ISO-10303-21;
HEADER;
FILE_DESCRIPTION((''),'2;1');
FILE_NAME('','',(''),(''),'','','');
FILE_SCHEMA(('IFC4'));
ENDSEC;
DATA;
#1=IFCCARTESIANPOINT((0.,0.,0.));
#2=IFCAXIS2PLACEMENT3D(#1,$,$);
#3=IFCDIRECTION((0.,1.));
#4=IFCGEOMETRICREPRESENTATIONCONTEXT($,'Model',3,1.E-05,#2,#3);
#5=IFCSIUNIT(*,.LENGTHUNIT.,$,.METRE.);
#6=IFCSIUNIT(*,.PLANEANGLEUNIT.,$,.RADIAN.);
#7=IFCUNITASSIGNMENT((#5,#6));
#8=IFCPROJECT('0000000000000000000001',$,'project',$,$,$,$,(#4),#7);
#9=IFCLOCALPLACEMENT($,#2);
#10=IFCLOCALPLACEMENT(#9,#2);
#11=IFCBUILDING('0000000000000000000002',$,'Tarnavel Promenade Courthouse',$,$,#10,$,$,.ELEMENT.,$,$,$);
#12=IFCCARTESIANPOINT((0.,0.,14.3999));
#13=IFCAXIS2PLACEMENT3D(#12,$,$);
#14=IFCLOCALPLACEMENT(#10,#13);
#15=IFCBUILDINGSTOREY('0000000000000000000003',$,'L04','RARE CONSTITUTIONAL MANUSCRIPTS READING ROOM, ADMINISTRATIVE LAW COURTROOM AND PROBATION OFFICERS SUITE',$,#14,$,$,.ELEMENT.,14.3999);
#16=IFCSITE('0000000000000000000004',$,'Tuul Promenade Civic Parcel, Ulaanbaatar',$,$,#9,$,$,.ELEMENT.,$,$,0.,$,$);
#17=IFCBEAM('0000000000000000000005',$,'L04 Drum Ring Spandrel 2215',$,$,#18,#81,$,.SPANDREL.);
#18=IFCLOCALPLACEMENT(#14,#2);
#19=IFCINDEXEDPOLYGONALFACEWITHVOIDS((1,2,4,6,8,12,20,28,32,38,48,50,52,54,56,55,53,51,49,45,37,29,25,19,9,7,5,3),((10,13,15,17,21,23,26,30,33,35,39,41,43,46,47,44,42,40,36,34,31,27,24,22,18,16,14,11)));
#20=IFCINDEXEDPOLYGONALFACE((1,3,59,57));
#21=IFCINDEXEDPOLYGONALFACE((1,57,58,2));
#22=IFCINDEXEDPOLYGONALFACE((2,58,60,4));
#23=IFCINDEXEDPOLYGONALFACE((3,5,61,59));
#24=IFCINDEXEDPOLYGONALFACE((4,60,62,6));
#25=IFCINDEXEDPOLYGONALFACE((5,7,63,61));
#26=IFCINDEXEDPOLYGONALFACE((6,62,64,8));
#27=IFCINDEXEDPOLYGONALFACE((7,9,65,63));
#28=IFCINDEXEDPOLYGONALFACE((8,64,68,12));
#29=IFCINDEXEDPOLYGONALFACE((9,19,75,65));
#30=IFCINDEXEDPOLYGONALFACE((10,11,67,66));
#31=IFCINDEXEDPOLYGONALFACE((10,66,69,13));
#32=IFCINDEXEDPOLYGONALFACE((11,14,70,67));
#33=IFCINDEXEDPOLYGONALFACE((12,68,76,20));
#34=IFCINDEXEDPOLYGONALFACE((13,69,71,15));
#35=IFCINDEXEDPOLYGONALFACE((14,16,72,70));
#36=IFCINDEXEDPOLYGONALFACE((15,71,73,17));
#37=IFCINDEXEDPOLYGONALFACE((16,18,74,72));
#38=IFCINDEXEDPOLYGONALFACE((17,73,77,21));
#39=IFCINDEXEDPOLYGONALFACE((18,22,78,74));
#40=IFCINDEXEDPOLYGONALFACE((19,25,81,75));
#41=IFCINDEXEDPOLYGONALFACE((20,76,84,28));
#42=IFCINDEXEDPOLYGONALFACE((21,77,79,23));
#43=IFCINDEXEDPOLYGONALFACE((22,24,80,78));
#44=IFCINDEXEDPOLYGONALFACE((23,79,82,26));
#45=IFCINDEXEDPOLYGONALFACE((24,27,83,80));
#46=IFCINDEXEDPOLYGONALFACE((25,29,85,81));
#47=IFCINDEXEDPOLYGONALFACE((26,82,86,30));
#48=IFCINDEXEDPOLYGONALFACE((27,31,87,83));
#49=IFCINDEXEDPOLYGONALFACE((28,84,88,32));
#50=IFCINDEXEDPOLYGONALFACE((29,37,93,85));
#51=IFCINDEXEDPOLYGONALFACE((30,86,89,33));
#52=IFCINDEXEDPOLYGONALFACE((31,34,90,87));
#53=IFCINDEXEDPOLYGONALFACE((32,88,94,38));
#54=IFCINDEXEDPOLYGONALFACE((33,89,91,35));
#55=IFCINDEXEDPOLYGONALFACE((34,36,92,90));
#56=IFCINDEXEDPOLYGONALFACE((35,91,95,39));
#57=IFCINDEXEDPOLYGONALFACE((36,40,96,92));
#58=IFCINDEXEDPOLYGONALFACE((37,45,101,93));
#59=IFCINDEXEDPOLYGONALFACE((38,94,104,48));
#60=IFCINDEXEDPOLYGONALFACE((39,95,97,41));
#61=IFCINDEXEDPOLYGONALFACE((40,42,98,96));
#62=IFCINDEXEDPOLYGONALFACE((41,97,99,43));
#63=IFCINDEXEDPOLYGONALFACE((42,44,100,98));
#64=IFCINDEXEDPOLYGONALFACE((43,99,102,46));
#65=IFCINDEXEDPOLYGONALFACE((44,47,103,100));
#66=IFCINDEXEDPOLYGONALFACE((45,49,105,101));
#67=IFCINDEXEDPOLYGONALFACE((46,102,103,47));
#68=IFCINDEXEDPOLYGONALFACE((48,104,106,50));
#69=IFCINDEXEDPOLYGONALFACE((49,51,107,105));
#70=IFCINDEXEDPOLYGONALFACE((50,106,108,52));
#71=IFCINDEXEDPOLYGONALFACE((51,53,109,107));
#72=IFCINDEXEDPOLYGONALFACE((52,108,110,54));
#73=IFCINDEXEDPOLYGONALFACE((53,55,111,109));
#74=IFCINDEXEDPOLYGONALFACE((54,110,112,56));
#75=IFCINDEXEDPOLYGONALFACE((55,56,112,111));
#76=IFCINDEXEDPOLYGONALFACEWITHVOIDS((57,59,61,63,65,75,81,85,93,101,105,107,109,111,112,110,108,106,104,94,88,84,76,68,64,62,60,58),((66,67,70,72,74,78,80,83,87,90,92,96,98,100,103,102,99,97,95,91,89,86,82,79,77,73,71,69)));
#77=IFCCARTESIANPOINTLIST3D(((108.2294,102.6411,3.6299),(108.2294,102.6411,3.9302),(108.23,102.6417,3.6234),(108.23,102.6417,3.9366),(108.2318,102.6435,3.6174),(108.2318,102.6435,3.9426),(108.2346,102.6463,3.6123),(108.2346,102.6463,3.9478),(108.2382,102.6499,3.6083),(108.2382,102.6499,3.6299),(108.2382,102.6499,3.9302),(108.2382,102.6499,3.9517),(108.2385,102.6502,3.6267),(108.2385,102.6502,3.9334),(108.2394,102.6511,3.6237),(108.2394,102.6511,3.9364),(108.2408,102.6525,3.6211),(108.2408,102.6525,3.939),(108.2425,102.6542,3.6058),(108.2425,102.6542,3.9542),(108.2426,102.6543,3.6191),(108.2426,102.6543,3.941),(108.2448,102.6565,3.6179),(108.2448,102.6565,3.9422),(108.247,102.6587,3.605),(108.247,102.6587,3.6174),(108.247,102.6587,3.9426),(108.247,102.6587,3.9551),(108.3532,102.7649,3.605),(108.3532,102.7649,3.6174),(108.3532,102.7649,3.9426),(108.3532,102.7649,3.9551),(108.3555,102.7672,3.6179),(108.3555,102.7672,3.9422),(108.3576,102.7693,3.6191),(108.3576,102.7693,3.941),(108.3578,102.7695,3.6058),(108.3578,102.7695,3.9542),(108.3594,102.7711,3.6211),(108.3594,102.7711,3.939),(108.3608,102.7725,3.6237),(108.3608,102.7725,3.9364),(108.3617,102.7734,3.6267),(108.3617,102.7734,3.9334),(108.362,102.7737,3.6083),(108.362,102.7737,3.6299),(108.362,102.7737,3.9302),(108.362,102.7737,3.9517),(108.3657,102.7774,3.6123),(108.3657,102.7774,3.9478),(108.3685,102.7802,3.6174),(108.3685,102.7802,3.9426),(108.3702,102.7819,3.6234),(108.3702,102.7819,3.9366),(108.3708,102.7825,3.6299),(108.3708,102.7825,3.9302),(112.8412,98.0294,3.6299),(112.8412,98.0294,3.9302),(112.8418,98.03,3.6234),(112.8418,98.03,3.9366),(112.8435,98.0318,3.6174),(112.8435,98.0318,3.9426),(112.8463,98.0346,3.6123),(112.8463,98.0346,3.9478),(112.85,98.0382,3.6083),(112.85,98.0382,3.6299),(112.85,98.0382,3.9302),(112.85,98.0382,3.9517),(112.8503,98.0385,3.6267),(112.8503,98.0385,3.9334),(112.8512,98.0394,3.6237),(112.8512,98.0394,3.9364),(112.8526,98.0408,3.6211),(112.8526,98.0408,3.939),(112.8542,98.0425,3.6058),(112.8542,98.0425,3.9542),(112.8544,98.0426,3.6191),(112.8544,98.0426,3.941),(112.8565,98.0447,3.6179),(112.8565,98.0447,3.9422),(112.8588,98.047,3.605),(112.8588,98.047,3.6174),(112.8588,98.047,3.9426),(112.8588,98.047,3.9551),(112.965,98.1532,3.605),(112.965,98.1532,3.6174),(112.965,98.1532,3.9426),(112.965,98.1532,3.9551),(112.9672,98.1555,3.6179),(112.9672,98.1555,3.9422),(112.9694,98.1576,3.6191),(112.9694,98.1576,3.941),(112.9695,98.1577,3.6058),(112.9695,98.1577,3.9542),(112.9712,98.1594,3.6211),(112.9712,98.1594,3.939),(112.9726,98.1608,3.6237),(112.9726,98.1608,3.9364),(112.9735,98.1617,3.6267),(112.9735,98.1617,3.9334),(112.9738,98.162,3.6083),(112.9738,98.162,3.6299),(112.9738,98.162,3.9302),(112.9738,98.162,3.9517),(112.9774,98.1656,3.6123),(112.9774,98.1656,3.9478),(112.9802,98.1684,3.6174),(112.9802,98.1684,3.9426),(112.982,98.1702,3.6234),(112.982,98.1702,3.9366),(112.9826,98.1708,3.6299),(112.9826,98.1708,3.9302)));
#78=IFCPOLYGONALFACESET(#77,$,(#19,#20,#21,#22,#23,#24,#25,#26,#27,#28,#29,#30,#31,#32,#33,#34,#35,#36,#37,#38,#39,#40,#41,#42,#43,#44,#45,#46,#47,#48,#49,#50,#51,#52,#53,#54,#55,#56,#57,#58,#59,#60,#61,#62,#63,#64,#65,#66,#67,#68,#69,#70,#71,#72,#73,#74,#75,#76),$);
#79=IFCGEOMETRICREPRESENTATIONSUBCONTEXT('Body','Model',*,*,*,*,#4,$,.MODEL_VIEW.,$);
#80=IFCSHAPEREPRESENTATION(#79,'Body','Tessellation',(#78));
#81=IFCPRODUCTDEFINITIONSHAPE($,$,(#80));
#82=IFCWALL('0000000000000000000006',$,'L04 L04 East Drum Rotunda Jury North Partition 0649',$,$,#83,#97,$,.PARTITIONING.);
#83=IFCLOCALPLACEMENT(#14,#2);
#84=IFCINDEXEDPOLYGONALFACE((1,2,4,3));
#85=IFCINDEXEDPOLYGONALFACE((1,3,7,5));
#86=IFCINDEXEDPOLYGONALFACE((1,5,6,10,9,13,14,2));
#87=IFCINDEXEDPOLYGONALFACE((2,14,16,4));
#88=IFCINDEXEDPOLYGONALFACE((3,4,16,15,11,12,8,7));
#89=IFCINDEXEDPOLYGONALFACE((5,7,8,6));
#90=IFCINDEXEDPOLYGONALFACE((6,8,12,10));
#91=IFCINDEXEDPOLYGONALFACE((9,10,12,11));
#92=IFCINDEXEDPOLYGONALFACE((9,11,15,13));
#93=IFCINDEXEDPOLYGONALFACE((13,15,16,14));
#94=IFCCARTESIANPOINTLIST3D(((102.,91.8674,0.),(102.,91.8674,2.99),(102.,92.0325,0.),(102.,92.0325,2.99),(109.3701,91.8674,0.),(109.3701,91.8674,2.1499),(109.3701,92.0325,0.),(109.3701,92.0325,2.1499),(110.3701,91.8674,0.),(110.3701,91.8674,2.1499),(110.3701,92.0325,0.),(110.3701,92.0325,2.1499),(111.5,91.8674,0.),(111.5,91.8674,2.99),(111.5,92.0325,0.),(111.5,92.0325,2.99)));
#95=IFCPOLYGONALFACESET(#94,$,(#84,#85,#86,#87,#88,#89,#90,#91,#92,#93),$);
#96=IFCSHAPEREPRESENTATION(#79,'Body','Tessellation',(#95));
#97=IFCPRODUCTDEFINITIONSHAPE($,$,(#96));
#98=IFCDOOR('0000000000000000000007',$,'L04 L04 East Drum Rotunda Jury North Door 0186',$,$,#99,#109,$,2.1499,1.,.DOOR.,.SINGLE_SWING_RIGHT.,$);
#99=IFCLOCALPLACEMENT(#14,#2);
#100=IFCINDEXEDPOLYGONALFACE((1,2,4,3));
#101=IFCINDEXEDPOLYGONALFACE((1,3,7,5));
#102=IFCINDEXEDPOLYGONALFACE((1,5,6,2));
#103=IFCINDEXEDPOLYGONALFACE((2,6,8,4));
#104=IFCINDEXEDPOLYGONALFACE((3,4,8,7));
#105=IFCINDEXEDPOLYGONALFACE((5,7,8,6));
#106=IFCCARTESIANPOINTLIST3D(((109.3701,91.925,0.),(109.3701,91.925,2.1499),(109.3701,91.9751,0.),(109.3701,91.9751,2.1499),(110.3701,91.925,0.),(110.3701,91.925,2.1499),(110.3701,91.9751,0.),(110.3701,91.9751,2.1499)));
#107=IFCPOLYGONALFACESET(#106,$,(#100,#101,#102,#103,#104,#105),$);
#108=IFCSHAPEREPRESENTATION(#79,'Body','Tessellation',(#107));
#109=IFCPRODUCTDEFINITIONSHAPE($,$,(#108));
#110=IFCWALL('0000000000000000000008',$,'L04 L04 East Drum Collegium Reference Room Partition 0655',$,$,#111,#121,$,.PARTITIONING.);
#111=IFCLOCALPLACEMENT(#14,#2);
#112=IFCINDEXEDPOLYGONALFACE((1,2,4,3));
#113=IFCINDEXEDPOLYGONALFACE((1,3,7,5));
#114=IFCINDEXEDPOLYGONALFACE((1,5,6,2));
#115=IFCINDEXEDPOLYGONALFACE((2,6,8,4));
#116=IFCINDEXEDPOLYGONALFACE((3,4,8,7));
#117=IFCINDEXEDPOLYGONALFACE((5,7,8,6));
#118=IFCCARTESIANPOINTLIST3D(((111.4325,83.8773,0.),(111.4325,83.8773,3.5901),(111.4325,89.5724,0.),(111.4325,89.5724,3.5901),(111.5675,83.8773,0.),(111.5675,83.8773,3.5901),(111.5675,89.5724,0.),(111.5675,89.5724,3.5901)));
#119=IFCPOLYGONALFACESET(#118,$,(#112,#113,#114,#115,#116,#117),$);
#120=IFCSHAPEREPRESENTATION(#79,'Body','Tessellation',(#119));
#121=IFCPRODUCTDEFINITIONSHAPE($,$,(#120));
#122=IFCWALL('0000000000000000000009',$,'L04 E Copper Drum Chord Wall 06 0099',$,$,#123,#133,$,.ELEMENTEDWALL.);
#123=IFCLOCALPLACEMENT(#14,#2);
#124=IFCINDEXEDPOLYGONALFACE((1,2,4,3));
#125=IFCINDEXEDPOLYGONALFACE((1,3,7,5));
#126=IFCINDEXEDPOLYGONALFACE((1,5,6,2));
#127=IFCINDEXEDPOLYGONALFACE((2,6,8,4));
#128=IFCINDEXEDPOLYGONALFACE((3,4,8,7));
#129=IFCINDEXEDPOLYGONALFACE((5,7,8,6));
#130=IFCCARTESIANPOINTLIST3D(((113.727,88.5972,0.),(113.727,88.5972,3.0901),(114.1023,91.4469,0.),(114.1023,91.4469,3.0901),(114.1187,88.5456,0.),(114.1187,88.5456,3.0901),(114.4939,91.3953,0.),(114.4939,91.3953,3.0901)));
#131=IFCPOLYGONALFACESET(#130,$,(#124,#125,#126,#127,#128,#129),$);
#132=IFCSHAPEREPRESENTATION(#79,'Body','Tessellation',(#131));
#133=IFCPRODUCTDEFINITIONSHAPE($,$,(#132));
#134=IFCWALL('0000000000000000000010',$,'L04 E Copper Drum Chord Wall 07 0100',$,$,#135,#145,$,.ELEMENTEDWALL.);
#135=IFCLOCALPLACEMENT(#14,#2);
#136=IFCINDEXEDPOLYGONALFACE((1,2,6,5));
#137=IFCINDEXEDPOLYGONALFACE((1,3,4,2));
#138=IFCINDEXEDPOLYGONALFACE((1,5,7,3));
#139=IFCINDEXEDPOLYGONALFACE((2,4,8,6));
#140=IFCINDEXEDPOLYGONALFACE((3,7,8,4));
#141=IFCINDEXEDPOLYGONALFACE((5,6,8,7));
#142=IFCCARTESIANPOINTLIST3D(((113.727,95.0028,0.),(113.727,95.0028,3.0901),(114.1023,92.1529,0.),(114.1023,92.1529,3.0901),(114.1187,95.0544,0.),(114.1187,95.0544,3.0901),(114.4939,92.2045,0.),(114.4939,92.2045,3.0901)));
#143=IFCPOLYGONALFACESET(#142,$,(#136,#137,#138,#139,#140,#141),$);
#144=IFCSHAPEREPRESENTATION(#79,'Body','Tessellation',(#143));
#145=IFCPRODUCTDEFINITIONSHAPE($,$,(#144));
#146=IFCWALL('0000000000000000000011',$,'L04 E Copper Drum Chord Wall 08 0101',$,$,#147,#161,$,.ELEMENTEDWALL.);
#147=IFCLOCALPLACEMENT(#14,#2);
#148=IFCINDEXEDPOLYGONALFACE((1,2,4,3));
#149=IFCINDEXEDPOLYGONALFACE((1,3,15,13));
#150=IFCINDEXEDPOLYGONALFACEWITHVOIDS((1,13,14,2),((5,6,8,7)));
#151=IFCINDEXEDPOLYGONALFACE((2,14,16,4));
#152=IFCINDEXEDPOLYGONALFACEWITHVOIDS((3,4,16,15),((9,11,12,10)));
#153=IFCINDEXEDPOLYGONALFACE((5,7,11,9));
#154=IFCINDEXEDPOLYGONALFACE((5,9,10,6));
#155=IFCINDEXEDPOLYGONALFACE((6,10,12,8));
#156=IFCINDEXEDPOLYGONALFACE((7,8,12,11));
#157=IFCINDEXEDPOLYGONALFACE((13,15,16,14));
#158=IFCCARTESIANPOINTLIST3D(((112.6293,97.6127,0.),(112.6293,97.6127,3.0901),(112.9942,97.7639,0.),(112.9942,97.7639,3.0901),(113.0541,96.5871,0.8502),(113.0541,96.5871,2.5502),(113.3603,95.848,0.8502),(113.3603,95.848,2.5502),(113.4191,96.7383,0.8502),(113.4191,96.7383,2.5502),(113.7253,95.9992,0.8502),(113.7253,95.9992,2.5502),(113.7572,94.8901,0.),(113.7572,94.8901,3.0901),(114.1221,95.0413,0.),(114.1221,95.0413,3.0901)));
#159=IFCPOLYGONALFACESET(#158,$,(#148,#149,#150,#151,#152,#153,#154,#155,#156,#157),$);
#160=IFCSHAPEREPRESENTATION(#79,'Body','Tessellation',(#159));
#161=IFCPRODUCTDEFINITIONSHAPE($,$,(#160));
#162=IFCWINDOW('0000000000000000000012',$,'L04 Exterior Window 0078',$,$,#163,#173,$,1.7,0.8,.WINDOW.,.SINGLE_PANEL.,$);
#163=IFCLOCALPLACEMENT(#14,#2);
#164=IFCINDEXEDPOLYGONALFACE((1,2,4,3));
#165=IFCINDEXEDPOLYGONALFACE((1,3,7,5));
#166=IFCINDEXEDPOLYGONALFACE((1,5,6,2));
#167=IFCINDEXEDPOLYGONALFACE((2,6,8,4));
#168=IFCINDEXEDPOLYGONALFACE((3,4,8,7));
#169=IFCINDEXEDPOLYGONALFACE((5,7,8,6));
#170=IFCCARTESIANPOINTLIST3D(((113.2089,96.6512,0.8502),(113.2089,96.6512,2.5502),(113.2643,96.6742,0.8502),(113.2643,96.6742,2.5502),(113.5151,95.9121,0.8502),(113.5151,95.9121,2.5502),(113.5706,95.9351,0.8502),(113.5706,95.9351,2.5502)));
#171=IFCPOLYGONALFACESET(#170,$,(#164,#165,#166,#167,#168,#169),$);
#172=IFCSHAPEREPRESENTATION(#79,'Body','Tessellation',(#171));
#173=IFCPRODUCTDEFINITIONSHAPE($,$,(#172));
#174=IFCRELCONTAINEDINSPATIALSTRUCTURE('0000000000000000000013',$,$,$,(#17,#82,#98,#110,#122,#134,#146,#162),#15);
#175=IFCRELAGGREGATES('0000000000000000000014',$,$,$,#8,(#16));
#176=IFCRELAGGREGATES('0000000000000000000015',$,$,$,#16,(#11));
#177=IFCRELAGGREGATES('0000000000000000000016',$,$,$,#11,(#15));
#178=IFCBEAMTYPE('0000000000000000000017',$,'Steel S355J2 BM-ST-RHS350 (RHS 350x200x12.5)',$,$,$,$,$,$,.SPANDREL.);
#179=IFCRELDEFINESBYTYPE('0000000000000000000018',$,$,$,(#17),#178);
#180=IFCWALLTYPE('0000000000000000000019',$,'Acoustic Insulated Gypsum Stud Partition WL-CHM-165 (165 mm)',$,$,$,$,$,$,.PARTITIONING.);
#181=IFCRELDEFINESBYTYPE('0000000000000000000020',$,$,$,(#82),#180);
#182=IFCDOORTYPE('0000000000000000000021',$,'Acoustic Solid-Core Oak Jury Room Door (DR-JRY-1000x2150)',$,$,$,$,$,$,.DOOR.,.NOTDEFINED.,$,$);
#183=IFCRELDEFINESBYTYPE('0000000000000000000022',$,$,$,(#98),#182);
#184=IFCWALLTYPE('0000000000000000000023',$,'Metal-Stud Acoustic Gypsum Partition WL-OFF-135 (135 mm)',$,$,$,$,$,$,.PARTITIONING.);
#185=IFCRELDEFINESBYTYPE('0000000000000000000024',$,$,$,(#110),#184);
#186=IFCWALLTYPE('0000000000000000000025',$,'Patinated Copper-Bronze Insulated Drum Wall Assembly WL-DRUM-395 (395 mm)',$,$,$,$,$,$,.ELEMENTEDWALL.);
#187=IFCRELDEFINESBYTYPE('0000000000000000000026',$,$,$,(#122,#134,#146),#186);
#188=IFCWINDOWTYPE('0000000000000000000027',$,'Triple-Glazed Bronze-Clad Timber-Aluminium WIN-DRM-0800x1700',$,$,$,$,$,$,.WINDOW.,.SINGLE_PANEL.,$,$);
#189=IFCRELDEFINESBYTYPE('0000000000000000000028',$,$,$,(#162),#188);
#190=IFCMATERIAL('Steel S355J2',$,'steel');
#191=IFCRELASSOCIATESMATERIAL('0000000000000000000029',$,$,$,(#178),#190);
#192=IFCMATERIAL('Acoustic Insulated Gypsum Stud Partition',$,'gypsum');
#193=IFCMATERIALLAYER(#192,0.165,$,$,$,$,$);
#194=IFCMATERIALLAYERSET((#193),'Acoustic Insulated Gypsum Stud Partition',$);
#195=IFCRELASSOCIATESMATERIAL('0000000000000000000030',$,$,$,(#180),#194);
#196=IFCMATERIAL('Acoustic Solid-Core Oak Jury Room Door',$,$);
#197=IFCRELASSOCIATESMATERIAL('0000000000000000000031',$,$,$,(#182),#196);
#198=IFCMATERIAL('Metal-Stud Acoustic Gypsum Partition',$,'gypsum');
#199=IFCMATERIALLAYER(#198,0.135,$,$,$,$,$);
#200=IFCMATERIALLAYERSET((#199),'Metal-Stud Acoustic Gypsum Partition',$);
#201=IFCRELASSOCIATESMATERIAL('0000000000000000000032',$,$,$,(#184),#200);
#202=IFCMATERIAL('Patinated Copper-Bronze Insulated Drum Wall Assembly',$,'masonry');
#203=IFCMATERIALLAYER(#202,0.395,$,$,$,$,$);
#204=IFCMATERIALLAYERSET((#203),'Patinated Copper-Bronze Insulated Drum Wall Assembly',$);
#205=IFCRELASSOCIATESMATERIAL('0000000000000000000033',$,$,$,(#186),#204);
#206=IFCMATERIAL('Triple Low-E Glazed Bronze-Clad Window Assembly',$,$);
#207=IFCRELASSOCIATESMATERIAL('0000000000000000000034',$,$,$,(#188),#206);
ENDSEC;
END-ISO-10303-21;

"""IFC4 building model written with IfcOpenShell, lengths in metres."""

from ifc_helpers import new_model, si_unit, direction, frame, frame_2d, origin, origin_2d, place, context, subcontext, project, spatial, rectangle, hollow_rectangle, extrude, material, layer, layer_set, material_profile, profile_set, type_object, element, fill, save


model = new_model("IFC4")

# Units and contexts
model_context = context("Model", 3, precision=1e-05, world=origin(), true_north=direction((0.0, 1.0)))
body_context = subcontext(model_context, "Body", "Model", "MODEL_VIEW")
ifc_project = project(units=[si_unit("LENGTHUNIT", "METRE"), si_unit("PLANEANGLEUNIT", "RADIAN")], contexts=[model_context])

# Site, building, storey
site_placement = place(None, origin())
site = spatial("IfcSite", under=ifc_project, at=site_placement, Name="Tuul Promenade Civic Parcel, Ulaanbaatar", CompositionType="ELEMENT", RefElevation=0.0)
building_placement = place(site_placement, origin())
building = spatial("IfcBuilding", under=site, at=building_placement, Name="Tarnavel Promenade Courthouse", CompositionType="ELEMENT")
storey_placement = place(building_placement, frame((0.0, 0.0, 14.3999)))
storey = spatial("IfcBuildingStorey", under=building, at=storey_placement, Name="L04", Description="RARE CONSTITUTIONAL MANUSCRIPTS READING ROOM, ADMINISTRATIVE LAW COURTROOM AND PROBATION OFFICERS SUITE", CompositionType="ELEMENT", Elevation=14.3999)

# Beam
ifc_material_1 = material(Name="Steel S355J2", Category="steel")
ifc_material_profile_1 = material_profile(ifc_material_1, hollow_rectangle(XDim=0.2, YDim=0.3501, WallThickness=0.0125, InnerFilletRadius=0.0125, OuterFilletRadius=0.0249, at=origin_2d()), Name="RHS 350x200x12.5")
ifc_profile_set_1 = profile_set([ifc_material_profile_1], Name="Steel S355J2")
beam_type = type_object("IfcBeamType", Name="Steel S355J2 BM-ST-RHS350 (RHS 350x200x12.5)", PredefinedType="SPANDREL", material=ifc_profile_set_1)
beam_1_placement = place(storey_placement, frame((112.9119, 98.1001, 3.78), z_axis=(-0.707107, 0.707107, 0.0), x_axis=(-0.707107, -0.707107, 0.0)))
element("IfcBeam", 1, at=beam_1_placement, inside=storey, type_object=beam_type, Name="L04 Drum Ring Spandrel 2215", PredefinedType="SPANDREL", context=body_context, shape_type="SweptSolid", body=[
    extrude(hollow_rectangle(XDim=0.2, YDim=0.3501, WallThickness=0.0125, InnerFilletRadius=0.0125, OuterFilletRadius=0.0249, at=origin_2d()), origin(), (0.0, 0.0, 1.0), 6.522),
])

# Wall, opening, door
ifc_material_2 = material(Name="Acoustic Insulated Gypsum Stud Partition", Category="gypsum")
ifc_layer_1 = layer(ifc_material_2, 0.165)
ifc_layer_set_1 = layer_set([ifc_layer_1], Name="Acoustic Insulated Gypsum Stud Partition")
wall_type_1 = type_object("IfcWallType", Name="Acoustic Insulated Gypsum Stud Partition WL-CHM-165 (165 mm)", PredefinedType="PARTITIONING", material=ifc_layer_set_1)
wall_1_placement = place(storey_placement, frame((111.5, 91.95, 0.0), z_axis=(0.0, 0.0, 1.0), x_axis=(-1.0, 0.0, 0.0)))
wall_1 = element("IfcWall", 2, at=wall_1_placement, inside=storey, type_object=wall_type_1, Name="L04 L04 East Drum Rotunda Jury North Partition 0649", PredefinedType="PARTITIONING", context=body_context, shape_type="SweptSolid", body=[
    extrude(rectangle(XDim=9.5, YDim=0.165, at=frame_2d((4.75, 0.0))), origin(), (0.0, 0.0, 1.0), 2.99),
])
opening_1_placement = place(wall_1_placement, frame((1.1299, 0.0, 0.0)))
opening_1 = element("IfcOpeningElement", 3, at=opening_1_placement, cuts=wall_1, PredefinedType="OPENING", context=body_context, shape_type="SweptSolid", body=[
    extrude(rectangle(XDim=1.0, YDim=2.1499, at=frame_2d((0.5, 1.075))), frame((0.0, 0.0925, 0.0), z_axis=(0.0, -1.0, 0.0), x_axis=(1.0, 0.0, 0.0)), (0.0, 0.0, 1.0), 0.1851),
])
ifc_material_3 = material(Name="Acoustic Solid-Core Oak Jury Room Door")
door_type = type_object("IfcDoorType", Name="Acoustic Solid-Core Oak Jury Room Door (DR-JRY-1000x2150)", OperationType="NOTDEFINED", PredefinedType="DOOR", material=ifc_material_3)
door_placement = place(opening_1_placement, origin())
door = element("IfcDoor", 4, at=door_placement, inside=storey, type_object=door_type, Name="L04 L04 East Drum Rotunda Jury North Door 0186", OperationType="SINGLE_SWING_RIGHT", OverallHeight=2.1499, OverallWidth=1.0, PredefinedType="DOOR", context=body_context, shape_type="SweptSolid", body=[
    extrude(rectangle(XDim=1.0, YDim=2.1499, at=frame_2d((0.5, 1.075))), frame((0.0, 0.0249, 0.0), z_axis=(0.0, -1.0, 0.0), x_axis=(1.0, 0.0, 0.0)), (0.0, 0.0, 1.0), 0.05),
])
fill(opening_1, door)

# Walls
ifc_material_4 = material(Name="Metal-Stud Acoustic Gypsum Partition", Category="gypsum")
ifc_layer_2 = layer(ifc_material_4, 0.135)
ifc_layer_set_2 = layer_set([ifc_layer_2], Name="Metal-Stud Acoustic Gypsum Partition")
wall_type_2 = type_object("IfcWallType", Name="Metal-Stud Acoustic Gypsum Partition WL-OFF-135 (135 mm)", PredefinedType="PARTITIONING", material=ifc_layer_set_2)
wall_2_placement = place(storey_placement, frame((111.5, 89.5725, 0.0), z_axis=(0.0, 0.0, 1.0), x_axis=(0.0, -1.0, 0.0)))
element("IfcWall", 5, at=wall_2_placement, inside=storey, type_object=wall_type_2, Name="L04 L04 East Drum Collegium Reference Room Partition 0655", PredefinedType="PARTITIONING", context=body_context, shape_type="SweptSolid", body=[
    extrude(rectangle(XDim=5.6951, YDim=0.135, at=frame_2d((2.8477, 0.0))), origin(), (0.0, 0.0, 1.0), 3.5901),
])
ifc_material_5 = material(Name="Patinated Copper-Bronze Insulated Drum Wall Assembly", Category="masonry")
ifc_layer_3 = layer(ifc_material_5, 0.395)
ifc_layer_set_3 = layer_set([ifc_layer_3], Name="Patinated Copper-Bronze Insulated Drum Wall Assembly")
wall_type_3 = type_object("IfcWallType", Name="Patinated Copper-Bronze Insulated Drum Wall Assembly WL-DRUM-395 (395 mm)", PredefinedType="ELEMENTEDWALL", material=ifc_layer_set_3)
wall_3_placement = place(storey_placement, frame((113.9229, 88.5715, 0.0), z_axis=(0.0, 0.0, 1.0), x_axis=(0.130556, 0.991441, 0.0)))
element("IfcWall", 6, at=wall_3_placement, inside=storey, type_object=wall_type_3, Name="L04 E Copper Drum Chord Wall 06 0099", PredefinedType="ELEMENTEDWALL", context=body_context, shape_type="SweptSolid", body=[
    extrude(rectangle(XDim=2.8743, YDim=0.395, at=frame_2d((1.437, 0.0))), origin(), (0.0, 0.0, 1.0), 3.0901),
])
wall_4_placement = place(storey_placement, frame((114.2981, 92.1787, 0.0), z_axis=(0.0, 0.0, 1.0), x_axis=(-0.130545, 0.991442, 0.0)))
element("IfcWall", 7, at=wall_4_placement, inside=storey, type_object=wall_type_3, Name="L04 E Copper Drum Chord Wall 07 0100", PredefinedType="ELEMENTEDWALL", context=body_context, shape_type="SweptSolid", body=[
    extrude(rectangle(XDim=2.8745, YDim=0.395, at=frame_2d((1.4373, 0.0))), origin(), (0.0, 0.0, 1.0), 3.0901),
])

# Wall, opening, window
wall_5_placement = place(storey_placement, frame((113.9397, 94.9656, 0.0), z_axis=(0.0, 0.0, 1.0), x_axis=(-0.382732, 0.923859, 0.0)))
wall_5 = element("IfcWall", 8, at=wall_5_placement, inside=storey, type_object=wall_type_3, Name="L04 E Copper Drum Chord Wall 08 0101", PredefinedType="ELEMENTEDWALL", context=body_context, shape_type="SweptSolid", body=[
    extrude(rectangle(XDim=2.947, YDim=0.395, at=frame_2d((1.4736, 0.0))), origin(), (0.0, 0.0, 1.0), 3.0901),
])
opening_2_placement = place(wall_5_placement, frame((1.0371, 0.0, 0.8501)))
opening_2 = element("IfcOpeningElement", 9, at=opening_2_placement, cuts=wall_5, PredefinedType="OPENING", context=body_context, shape_type="SweptSolid", body=[
    extrude(rectangle(XDim=0.8, YDim=1.7, at=frame_2d((0.3999, 0.8501))), frame((0.0, 0.2075, 0.0), z_axis=(0.0, -1.0, 0.0), x_axis=(1.0, 0.0, 0.0)), (0.0, 0.0, 1.0), 0.415),
])
ifc_material_6 = material(Name="Triple Low-E Glazed Bronze-Clad Window Assembly")
window_type = type_object("IfcWindowType", Name="Triple-Glazed Bronze-Clad Timber-Aluminium WIN-DRM-0800x1700", PartitioningType="SINGLE_PANEL", PredefinedType="WINDOW", material=ifc_material_6)
window_placement = place(opening_2_placement, origin())
window = element("IfcWindow", 10, at=window_placement, inside=storey, type_object=window_type, Name="L04 Exterior Window 0078", OverallHeight=1.7, OverallWidth=0.8, PartitioningType="SINGLE_PANEL", PredefinedType="WINDOW", context=body_context, shape_type="SweptSolid", body=[
    extrude(rectangle(XDim=0.8, YDim=1.7, at=frame_2d((0.3999, 0.8501))), frame((0.0, 0.03, 0.0), z_axis=(0.0, -1.0, 0.0), x_axis=(1.0, 0.0, 0.0)), (0.0, 0.0, 1.0), 0.0601),
])
fill(opening_2, window)

save(model, "model.ifc")
